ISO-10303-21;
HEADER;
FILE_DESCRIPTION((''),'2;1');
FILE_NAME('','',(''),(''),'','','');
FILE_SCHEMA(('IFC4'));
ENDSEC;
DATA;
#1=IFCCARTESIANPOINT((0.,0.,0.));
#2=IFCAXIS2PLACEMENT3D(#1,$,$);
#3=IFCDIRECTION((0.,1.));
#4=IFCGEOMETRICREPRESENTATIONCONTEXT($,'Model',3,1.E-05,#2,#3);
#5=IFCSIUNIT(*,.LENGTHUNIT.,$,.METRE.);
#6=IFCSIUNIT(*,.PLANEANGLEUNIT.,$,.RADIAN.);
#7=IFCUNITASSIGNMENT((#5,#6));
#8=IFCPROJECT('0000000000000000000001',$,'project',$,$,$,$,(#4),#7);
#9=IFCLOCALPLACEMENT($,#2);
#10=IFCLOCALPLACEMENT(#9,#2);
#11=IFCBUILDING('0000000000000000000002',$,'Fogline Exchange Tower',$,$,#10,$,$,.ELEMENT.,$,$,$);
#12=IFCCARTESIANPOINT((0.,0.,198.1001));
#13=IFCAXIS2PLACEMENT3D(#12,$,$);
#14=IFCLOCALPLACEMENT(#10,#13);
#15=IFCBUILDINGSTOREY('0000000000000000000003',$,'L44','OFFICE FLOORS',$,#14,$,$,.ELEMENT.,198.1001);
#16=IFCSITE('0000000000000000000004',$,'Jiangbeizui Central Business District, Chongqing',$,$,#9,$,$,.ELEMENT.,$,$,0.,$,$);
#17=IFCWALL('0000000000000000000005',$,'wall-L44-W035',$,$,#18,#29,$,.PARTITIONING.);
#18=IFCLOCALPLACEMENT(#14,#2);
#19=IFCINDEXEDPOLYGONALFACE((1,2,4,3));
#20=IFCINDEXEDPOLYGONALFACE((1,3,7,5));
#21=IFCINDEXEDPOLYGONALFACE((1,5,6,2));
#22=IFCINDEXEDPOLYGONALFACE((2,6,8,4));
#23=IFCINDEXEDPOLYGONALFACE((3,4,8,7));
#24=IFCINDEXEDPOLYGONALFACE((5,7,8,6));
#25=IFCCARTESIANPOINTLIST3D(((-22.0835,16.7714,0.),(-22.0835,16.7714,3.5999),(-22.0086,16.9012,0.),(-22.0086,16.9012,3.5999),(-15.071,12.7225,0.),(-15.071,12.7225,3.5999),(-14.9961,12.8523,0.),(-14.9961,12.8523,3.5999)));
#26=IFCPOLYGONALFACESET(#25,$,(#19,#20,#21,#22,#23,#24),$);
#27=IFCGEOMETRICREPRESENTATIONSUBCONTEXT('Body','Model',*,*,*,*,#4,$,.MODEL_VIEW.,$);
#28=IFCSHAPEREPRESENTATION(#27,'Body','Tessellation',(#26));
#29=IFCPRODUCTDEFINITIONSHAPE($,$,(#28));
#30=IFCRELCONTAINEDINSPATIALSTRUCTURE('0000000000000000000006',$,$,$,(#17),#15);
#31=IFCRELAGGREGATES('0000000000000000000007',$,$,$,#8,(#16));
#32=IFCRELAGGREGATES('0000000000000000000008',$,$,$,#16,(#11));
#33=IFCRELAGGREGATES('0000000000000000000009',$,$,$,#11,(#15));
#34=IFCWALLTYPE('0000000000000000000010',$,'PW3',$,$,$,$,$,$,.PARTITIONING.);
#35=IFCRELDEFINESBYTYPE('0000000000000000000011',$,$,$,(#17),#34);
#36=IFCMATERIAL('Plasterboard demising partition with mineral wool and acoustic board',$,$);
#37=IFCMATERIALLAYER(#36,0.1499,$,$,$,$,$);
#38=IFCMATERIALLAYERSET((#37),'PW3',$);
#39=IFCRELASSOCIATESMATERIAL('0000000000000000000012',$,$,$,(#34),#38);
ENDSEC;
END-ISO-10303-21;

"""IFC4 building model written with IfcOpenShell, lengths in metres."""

from ifc_helpers import new_model, si_unit, direction, frame, frame_2d, origin, place, context, subcontext, project, spatial, rectangle, extrude, material, layer, layer_set, type_object, element, save


model = new_model("IFC4")

# Units and contexts
model_context = context("Model", 3, precision=1e-05, world=origin(), true_north=direction((0.0, 1.0)))
body_context = subcontext(model_context, "Body", "Model", "MODEL_VIEW")
ifc_project = project(units=[si_unit("LENGTHUNIT", "METRE"), si_unit("PLANEANGLEUNIT", "RADIAN")], contexts=[model_context])

# Site, building, storey
site_placement = place(None, origin())
site = spatial("IfcSite", under=ifc_project, at=site_placement, Name="Jiangbeizui Central Business District, Chongqing", CompositionType="ELEMENT", RefElevation=0.0)
building_placement = place(site_placement, origin())
building = spatial("IfcBuilding", under=site, at=building_placement, Name="Fogline Exchange Tower", CompositionType="ELEMENT")
storey_placement = place(building_placement, frame((0.0, 0.0, 198.1001)))
storey = spatial("IfcBuildingStorey", under=building, at=storey_placement, Name="L44", Description="OFFICE FLOORS", CompositionType="ELEMENT", Elevation=198.1001)

# Wall
ifc_material_1 = material(Name="Plasterboard demising partition with mineral wool and acoustic board")
ifc_layer_1 = layer(ifc_material_1, 0.1499)
ifc_layer_set_1 = layer_set([ifc_layer_1], Name="PW3")
wall_type_1 = type_object("IfcWallType", Name="PW3", PredefinedType="PARTITIONING", material=ifc_layer_set_1)
wall_1_placement = place(storey_placement, frame((-15.0334, 12.7874, 0.0), z_axis=(0.0, 0.0, 1.0), x_axis=(-0.866015, 0.500017, 0.0)))
element("IfcWall", 1, at=wall_1_placement, inside=storey, type_object=wall_type_1, Name="wall-L44-W035", PredefinedType="PARTITIONING", context=body_context, shape_type="SweptSolid", body=[
    extrude(rectangle(XDim=8.0974, YDim=0.1499, at=frame_2d((4.0488, 0.0))), origin(), (0.0, 0.0, 1.0), 3.5999),
])

save(model, "model.ifc")
